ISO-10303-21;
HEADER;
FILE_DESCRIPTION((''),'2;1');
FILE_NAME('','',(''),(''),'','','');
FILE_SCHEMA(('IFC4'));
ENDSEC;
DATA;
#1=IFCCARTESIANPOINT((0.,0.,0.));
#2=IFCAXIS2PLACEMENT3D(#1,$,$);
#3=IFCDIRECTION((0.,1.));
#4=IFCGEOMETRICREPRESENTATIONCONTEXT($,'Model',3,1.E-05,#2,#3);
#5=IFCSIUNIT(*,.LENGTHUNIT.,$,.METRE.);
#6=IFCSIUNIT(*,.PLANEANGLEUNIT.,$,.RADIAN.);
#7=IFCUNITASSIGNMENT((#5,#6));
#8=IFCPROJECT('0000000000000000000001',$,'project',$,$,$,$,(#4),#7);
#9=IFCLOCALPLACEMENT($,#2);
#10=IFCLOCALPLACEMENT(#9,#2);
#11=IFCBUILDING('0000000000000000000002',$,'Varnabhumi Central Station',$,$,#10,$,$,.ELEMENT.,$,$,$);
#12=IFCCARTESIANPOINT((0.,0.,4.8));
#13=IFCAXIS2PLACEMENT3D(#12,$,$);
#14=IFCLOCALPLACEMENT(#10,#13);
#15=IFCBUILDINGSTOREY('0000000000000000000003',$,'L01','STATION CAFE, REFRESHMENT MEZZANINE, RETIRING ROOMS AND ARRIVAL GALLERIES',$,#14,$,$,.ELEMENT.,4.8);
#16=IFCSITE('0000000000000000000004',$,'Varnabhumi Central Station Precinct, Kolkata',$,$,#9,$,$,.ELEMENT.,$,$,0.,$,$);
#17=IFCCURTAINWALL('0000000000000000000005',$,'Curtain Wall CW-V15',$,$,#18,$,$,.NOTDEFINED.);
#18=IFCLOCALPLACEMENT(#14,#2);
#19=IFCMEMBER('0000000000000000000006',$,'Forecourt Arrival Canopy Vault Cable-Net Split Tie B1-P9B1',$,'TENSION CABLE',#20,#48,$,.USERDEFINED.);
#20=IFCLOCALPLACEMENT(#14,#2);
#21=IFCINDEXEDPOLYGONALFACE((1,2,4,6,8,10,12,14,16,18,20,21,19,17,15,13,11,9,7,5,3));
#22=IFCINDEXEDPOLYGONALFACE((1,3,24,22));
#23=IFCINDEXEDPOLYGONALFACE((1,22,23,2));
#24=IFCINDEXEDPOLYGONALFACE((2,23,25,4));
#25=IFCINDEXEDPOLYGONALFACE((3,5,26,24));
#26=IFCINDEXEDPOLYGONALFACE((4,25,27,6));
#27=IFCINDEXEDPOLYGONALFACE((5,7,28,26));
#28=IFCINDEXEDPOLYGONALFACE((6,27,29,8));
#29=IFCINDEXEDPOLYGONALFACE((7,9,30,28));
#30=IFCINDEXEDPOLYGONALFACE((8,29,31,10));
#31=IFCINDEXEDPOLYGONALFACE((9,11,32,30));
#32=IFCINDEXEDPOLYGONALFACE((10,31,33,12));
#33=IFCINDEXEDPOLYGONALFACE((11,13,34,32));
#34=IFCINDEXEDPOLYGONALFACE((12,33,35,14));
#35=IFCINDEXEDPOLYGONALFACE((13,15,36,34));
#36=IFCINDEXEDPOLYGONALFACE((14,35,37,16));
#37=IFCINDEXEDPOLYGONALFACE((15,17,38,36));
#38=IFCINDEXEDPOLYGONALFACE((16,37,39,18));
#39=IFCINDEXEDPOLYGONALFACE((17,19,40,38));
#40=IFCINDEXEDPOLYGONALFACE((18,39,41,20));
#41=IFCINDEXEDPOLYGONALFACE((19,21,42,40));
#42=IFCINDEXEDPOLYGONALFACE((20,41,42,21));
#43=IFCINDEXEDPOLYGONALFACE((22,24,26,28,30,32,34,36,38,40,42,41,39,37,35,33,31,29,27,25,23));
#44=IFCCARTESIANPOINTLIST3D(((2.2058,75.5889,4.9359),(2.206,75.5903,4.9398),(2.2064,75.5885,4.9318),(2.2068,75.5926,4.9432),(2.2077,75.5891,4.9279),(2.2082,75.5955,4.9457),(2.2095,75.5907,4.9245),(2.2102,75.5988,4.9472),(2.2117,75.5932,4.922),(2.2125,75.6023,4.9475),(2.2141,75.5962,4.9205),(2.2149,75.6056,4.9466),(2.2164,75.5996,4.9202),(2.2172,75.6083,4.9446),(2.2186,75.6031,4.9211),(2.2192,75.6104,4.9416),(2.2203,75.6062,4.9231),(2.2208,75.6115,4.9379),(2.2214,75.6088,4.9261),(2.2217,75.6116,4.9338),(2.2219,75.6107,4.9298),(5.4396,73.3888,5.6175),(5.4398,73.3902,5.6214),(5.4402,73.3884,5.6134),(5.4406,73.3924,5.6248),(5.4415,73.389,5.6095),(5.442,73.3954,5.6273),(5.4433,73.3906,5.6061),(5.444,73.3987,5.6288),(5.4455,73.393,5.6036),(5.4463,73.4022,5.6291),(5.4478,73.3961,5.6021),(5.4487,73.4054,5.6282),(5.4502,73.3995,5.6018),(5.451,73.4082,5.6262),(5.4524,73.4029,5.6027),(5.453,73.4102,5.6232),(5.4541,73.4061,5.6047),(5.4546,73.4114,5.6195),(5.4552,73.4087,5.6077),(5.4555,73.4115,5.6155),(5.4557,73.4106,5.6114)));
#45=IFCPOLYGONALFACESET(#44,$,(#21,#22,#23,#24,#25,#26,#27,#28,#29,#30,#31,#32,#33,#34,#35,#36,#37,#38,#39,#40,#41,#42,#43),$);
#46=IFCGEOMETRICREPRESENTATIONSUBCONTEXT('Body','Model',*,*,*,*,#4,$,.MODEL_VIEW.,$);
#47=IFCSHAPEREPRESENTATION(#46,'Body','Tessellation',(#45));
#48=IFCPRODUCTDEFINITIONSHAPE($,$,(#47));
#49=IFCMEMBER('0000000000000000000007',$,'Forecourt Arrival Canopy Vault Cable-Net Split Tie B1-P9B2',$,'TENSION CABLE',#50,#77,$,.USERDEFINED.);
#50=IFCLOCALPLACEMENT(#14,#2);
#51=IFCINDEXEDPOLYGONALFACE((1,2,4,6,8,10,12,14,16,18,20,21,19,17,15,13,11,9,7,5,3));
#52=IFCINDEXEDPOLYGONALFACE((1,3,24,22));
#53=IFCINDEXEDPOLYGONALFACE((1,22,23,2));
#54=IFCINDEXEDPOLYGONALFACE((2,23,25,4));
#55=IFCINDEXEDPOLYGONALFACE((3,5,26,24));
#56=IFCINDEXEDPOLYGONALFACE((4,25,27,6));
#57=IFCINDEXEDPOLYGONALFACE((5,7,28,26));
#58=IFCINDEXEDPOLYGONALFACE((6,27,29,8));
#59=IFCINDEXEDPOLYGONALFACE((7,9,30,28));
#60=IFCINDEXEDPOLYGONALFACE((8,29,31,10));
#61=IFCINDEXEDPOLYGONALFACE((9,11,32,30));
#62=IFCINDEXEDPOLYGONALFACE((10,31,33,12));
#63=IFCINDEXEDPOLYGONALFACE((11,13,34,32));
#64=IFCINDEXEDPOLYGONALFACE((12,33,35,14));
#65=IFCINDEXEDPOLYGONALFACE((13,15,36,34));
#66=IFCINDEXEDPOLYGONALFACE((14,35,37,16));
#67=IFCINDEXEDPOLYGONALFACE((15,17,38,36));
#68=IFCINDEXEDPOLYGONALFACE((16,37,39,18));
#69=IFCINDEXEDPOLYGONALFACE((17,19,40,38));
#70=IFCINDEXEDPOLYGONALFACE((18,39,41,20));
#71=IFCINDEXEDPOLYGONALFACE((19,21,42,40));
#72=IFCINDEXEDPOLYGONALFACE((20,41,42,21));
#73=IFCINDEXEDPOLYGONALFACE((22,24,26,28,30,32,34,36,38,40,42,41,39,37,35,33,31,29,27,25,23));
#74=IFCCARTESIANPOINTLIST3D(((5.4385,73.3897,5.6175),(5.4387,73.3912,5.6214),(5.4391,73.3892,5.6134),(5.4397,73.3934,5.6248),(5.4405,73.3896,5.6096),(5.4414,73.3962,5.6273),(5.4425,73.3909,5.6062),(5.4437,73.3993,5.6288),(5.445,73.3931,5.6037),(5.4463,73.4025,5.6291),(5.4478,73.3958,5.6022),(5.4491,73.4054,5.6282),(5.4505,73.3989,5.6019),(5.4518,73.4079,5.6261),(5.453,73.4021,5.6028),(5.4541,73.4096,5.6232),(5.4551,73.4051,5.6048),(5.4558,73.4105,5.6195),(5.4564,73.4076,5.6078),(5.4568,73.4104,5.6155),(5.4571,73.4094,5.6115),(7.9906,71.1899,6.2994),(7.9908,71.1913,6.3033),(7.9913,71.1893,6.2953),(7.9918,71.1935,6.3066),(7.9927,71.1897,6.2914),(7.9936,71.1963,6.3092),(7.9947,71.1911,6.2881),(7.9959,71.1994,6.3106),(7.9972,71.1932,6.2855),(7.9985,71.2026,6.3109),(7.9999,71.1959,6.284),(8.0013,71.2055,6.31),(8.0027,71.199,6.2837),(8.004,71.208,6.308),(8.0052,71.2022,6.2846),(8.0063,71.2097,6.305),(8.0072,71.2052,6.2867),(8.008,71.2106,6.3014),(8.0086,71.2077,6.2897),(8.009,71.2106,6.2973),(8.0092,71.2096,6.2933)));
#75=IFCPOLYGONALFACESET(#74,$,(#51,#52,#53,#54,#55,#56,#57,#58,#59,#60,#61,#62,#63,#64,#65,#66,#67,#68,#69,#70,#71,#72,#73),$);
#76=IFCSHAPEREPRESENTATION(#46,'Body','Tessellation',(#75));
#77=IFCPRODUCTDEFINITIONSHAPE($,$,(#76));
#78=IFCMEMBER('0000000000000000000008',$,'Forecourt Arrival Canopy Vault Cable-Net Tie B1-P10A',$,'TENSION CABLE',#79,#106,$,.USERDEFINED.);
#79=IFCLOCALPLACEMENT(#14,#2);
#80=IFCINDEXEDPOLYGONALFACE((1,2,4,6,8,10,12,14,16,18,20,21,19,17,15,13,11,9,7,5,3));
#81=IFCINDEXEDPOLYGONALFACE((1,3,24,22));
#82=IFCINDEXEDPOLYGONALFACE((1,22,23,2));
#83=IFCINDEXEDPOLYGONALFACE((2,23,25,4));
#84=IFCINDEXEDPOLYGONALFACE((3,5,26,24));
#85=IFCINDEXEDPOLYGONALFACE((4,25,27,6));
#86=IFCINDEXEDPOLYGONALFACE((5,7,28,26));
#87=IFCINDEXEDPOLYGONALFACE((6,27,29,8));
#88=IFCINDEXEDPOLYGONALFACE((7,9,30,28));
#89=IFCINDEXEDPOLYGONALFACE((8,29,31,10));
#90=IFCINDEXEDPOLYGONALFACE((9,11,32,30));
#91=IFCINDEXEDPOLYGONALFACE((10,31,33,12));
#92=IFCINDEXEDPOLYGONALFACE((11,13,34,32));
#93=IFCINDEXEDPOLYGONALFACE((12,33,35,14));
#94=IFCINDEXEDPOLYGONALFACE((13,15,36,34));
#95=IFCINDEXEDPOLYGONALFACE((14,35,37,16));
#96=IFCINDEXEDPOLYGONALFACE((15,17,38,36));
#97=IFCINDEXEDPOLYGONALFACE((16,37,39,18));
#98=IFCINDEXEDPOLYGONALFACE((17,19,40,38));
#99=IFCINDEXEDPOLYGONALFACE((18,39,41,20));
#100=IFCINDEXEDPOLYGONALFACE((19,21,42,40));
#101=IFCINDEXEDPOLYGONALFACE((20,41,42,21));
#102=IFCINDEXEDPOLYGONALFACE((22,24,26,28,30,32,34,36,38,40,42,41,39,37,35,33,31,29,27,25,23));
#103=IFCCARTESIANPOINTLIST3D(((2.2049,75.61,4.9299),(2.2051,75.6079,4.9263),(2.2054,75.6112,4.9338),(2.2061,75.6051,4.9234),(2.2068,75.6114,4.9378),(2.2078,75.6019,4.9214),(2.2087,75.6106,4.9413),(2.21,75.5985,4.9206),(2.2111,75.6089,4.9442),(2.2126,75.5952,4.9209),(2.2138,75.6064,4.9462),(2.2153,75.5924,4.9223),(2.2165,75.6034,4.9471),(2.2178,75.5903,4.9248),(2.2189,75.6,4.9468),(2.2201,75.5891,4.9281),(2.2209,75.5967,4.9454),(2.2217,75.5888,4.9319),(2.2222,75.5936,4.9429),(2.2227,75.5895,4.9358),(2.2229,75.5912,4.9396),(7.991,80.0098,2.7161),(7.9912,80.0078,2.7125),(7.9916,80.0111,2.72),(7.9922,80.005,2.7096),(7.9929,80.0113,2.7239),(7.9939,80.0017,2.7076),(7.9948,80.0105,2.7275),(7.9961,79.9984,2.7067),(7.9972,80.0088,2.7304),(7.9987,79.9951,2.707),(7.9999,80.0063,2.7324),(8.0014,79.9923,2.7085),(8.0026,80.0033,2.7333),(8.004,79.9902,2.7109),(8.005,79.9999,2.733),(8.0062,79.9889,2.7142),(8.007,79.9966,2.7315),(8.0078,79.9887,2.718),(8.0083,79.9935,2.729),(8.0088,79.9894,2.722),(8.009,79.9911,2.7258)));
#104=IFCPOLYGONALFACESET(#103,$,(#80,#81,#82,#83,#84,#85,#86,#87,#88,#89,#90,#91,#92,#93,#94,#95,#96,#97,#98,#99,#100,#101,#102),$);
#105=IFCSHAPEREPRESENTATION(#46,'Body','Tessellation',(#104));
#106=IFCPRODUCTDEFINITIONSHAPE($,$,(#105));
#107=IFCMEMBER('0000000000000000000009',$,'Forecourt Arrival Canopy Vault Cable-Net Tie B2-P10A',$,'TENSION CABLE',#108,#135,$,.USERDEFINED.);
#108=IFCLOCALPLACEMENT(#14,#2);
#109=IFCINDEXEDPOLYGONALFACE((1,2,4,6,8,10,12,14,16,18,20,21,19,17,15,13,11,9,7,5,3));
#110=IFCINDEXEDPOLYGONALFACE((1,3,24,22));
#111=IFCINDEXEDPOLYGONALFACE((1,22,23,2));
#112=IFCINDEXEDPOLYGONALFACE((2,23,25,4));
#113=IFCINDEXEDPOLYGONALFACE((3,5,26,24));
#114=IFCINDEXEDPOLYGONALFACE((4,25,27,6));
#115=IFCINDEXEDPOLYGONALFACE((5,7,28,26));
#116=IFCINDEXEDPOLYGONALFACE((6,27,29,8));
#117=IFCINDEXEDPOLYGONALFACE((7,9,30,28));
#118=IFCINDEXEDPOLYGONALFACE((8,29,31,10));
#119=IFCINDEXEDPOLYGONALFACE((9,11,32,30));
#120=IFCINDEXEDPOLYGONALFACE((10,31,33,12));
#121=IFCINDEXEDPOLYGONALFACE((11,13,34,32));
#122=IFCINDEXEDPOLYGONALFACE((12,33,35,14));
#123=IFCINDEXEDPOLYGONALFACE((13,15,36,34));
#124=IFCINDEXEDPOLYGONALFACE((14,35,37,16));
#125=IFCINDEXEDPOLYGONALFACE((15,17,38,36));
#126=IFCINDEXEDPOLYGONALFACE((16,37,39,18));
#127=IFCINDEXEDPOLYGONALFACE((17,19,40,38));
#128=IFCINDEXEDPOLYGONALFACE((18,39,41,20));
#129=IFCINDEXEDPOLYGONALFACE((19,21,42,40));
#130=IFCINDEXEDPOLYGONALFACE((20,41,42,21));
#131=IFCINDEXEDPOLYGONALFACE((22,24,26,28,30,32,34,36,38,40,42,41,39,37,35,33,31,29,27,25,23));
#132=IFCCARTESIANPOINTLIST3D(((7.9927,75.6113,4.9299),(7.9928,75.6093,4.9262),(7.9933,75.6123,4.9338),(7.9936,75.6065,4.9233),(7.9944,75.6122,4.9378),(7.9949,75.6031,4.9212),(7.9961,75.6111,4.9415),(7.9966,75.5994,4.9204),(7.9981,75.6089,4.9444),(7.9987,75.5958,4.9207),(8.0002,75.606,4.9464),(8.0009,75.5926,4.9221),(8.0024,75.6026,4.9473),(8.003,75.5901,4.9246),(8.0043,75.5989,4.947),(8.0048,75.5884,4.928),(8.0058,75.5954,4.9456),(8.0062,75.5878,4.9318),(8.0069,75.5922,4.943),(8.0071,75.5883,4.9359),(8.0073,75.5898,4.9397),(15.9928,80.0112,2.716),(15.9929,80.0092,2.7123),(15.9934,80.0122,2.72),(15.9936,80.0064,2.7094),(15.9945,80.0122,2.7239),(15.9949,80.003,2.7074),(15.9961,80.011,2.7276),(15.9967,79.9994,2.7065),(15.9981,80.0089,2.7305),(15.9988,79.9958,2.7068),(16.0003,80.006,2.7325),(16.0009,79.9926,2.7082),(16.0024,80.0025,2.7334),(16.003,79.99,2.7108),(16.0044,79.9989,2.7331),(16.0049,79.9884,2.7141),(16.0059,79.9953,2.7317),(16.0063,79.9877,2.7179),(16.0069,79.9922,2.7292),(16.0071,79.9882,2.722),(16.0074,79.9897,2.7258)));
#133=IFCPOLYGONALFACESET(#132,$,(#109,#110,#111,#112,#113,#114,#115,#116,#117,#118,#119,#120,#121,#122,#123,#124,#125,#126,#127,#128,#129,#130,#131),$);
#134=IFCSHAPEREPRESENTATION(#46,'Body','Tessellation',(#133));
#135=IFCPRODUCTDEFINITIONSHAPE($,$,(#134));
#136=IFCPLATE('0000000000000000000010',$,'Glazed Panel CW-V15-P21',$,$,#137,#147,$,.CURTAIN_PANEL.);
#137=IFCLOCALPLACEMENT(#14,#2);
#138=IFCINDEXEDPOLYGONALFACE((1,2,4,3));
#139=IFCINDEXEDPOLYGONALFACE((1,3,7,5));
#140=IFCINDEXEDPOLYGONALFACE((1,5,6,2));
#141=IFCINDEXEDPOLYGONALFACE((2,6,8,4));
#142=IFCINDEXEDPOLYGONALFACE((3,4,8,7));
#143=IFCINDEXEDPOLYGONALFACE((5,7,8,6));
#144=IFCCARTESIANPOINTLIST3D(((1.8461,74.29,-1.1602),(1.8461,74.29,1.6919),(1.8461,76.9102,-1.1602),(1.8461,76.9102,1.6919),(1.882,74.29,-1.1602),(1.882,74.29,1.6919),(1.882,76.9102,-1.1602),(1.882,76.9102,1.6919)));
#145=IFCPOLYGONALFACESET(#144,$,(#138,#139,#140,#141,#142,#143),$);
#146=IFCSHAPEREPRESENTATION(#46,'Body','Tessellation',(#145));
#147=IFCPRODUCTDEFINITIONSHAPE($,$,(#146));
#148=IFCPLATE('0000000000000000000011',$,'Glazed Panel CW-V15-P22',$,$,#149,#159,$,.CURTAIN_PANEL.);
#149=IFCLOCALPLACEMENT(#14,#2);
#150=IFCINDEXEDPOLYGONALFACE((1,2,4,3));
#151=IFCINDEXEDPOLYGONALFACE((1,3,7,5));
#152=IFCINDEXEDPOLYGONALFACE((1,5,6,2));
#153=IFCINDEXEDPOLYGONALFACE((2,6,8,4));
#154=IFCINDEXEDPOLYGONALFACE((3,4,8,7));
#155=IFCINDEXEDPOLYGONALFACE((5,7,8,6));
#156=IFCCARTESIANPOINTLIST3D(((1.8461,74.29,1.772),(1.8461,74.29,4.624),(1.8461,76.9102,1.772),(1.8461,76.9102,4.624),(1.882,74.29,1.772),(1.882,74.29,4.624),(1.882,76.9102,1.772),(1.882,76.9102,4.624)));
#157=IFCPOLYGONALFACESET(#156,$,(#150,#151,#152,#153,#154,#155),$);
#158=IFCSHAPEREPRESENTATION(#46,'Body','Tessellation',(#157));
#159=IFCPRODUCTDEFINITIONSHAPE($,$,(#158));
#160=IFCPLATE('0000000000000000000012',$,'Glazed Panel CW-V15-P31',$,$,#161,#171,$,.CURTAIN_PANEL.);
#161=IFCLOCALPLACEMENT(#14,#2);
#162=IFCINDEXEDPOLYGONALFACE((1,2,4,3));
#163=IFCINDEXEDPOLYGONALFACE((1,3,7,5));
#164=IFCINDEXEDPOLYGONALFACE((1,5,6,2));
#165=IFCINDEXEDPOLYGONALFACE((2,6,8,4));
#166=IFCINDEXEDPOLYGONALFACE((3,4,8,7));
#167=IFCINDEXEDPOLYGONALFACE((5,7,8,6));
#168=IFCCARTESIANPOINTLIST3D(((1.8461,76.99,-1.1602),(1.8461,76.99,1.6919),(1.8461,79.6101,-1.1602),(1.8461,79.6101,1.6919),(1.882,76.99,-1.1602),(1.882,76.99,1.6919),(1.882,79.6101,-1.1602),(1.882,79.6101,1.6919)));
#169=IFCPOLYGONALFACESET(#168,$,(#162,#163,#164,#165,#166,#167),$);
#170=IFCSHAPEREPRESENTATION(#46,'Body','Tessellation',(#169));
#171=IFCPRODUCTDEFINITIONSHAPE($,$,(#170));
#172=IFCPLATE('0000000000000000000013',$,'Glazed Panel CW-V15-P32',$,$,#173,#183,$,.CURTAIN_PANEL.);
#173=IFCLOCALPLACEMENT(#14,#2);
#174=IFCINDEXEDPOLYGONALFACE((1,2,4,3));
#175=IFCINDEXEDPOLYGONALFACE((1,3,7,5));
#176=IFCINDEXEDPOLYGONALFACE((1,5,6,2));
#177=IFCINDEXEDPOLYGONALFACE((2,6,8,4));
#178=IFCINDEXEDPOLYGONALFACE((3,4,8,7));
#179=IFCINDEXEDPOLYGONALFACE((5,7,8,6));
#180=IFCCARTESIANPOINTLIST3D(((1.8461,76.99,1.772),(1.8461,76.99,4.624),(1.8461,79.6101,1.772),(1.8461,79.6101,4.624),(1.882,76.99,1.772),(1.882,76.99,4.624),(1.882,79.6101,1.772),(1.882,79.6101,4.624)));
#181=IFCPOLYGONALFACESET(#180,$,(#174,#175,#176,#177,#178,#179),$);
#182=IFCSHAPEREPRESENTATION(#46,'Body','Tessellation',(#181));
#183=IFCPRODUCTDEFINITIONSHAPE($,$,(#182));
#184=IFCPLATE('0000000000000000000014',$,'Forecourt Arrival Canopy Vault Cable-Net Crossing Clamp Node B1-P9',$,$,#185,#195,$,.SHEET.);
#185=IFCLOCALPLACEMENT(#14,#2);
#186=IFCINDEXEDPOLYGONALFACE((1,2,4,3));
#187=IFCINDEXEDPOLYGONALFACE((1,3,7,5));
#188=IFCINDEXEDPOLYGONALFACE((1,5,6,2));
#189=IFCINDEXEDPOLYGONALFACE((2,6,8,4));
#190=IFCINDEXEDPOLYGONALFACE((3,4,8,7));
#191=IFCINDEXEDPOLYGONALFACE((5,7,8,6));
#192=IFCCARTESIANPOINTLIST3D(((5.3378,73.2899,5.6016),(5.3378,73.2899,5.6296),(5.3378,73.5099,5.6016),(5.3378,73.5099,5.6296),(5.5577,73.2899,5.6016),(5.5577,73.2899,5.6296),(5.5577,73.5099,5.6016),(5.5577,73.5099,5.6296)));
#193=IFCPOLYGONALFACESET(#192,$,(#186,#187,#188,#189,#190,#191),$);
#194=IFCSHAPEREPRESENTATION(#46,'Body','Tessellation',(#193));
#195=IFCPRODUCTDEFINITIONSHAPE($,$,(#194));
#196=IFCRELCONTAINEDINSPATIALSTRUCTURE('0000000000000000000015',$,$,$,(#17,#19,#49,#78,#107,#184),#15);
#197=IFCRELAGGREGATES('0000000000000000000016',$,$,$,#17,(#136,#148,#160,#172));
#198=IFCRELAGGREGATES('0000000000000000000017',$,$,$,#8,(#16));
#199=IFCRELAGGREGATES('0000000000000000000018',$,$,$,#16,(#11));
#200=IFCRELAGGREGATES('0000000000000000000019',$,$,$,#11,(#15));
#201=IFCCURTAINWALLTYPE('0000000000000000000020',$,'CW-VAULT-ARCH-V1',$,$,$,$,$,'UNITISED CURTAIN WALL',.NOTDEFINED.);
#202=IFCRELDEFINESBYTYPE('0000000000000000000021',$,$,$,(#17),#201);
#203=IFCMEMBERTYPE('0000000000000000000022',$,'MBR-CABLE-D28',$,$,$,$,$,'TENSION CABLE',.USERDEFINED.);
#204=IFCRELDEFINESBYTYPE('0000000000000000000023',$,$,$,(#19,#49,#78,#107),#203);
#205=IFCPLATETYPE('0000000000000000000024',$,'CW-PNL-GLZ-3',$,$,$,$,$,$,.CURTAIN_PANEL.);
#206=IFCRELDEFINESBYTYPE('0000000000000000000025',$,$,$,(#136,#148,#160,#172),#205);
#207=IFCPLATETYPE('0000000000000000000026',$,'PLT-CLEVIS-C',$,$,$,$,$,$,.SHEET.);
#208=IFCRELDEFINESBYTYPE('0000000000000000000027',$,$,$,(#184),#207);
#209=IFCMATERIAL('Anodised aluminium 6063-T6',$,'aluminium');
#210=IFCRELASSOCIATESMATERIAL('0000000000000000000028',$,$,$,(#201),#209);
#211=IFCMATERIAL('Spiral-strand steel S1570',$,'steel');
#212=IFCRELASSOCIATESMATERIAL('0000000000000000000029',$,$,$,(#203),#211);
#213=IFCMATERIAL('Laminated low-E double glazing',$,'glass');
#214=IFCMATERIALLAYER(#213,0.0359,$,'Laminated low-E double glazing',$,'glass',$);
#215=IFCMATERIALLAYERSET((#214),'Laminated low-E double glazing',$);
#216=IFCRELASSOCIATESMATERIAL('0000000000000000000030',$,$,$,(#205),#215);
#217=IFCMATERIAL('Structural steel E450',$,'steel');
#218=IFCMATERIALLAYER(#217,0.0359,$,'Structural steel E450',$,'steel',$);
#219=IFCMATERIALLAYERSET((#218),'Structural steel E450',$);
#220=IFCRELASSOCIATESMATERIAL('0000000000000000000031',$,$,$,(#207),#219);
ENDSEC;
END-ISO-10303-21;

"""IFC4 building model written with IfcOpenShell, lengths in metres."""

from ifc_helpers import new_model, si_unit, direction, frame, origin, origin_2d, place, context, subcontext, project, spatial, rectangle, circle, extrude, material, layer, layer_set, material_profile, profile_set, type_object, element, aggregate, save


model = new_model("IFC4")

# Units and contexts
model_context = context("Model", 3, precision=1e-05, world=origin(), true_north=direction((0.0, 1.0)))
body_context = subcontext(model_context, "Body", "Model", "MODEL_VIEW")
ifc_project = project(units=[si_unit("LENGTHUNIT", "METRE"), si_unit("PLANEANGLEUNIT", "RADIAN")], contexts=[model_context])

# Site, building, storey
site_placement = place(None, origin())
site = spatial("IfcSite", under=ifc_project, at=site_placement, Name="Varnabhumi Central Station Precinct, Kolkata", CompositionType="ELEMENT", RefElevation=0.0)
building_placement = place(site_placement, origin())
building = spatial("IfcBuilding", under=site, at=building_placement, Name="Varnabhumi Central Station", CompositionType="ELEMENT")
storey_placement = place(building_placement, frame((0.0, 0.0, 4.8)))
storey = spatial("IfcBuildingStorey", under=building, at=storey_placement, Name="L01", Description="STATION CAFE, REFRESHMENT MEZZANINE, RETIRING ROOMS AND ARRIVAL GALLERIES", CompositionType="ELEMENT", Elevation=4.8)

# Curtain wall
ifc_material_1 = material(Name="Anodised aluminium 6063-T6", Category="aluminium")
curtain_wall_type = type_object("IfcCurtainWallType", Name="CW-VAULT-ARCH-V1", ElementType="UNITISED CURTAIN WALL", PredefinedType="NOTDEFINED", material=ifc_material_1)
curtain_wall_placement = place(storey_placement, origin())
curtain_wall = element("IfcCurtainWall", 1, at=curtain_wall_placement, inside=storey, type_object=curtain_wall_type, Name="Curtain Wall CW-V15", PredefinedType="NOTDEFINED")

# Members
ifc_material_2 = material(Name="Spiral-strand steel S1570", Category="steel")
ifc_material_profile_1 = material_profile(ifc_material_2, circle(Radius=0.0139, at=origin_2d()), Name="Spiral-strand steel S1570", Category="steel")
ifc_profile_set_1 = profile_set([ifc_material_profile_1], Name="Spiral-strand steel S1570")
member_type_1 = type_object("IfcMemberType", Name="MBR-CABLE-D28", ElementType="TENSION CABLE", PredefinedType="USERDEFINED", material=ifc_profile_set_1)
member_1_placement = place(storey_placement, frame((2.2139, 75.6001, 4.9338), z_axis=(0.814513, -0.554159, 0.171684), x_axis=(0.562511, 0.826789, 0.0)))
element("IfcMember", 2, at=member_1_placement, inside=storey, type_object=member_type_1, Name="Forecourt Arrival Canopy Vault Cable-Net Split Tie B1-P9B1", ObjectType="TENSION CABLE", PredefinedType="USERDEFINED", context=body_context, shape_type="SweptSolid", body=[
    extrude(circle(Radius=0.0139, at=origin_2d()), origin(), (0.0, 0.0, 1.0), 3.9702),
])
member_2_placement = place(storey_placement, frame((5.4478, 73.3999, 5.6155), z_axis=(0.742399, -0.639923, 0.198347), x_axis=(0.652895, 0.757448, 0.0)))
element("IfcMember", 3, at=member_2_placement, inside=storey, type_object=member_type_1, Name="Forecourt Arrival Canopy Vault Cable-Net Split Tie B1-P9B2", ObjectType="TENSION CABLE", PredefinedType="USERDEFINED", context=body_context, shape_type="SweptSolid", body=[
    extrude(circle(Radius=0.0139, at=origin_2d()), origin(), (0.0, 0.0, 1.0), 3.4377),
])
member_3_placement = place(storey_placement, frame((2.2139, 75.6001, 4.9338), z_axis=(0.761467, 0.579036, -0.29135), x_axis=(-0.605296, 0.796, 0.0)))
element("IfcMember", 4, at=member_3_placement, inside=storey, type_object=member_type_1, Name="Forecourt Arrival Canopy Vault Cable-Net Tie B1-P10A", ObjectType="TENSION CABLE", PredefinedType="USERDEFINED", context=body_context, shape_type="SweptSolid", body=[
    extrude(circle(Radius=0.0139, at=origin_2d()), origin(), (0.0, 0.0, 1.0), 7.5986),
])
member_4_placement = place(storey_placement, frame((8.0, 75.6001, 4.9338), z_axis=(0.851544, 0.468339, -0.235651), x_axis=(-0.481911, 0.87622, 0.0)))
element("IfcMember", 5, at=member_4_placement, inside=storey, type_object=member_type_1, Name="Forecourt Arrival Canopy Vault Cable-Net Tie B2-P10A", ObjectType="TENSION CABLE", PredefinedType="USERDEFINED", context=body_context, shape_type="SweptSolid", body=[
    extrude(circle(Radius=0.0139, at=origin_2d()), origin(), (0.0, 0.0, 1.0), 9.3948),
])

# Plates
ifc_material_3 = material(Name="Laminated low-E double glazing", Category="glass")
ifc_layer_1 = layer(ifc_material_3, 0.0359, Name="Laminated low-E double glazing", Category="glass")
ifc_layer_set_1 = layer_set([ifc_layer_1], Name="Laminated low-E double glazing")
plate_type_1 = type_object("IfcPlateType", Name="CW-PNL-GLZ-3", PredefinedType="CURTAIN_PANEL", material=ifc_layer_set_1)
plate_1_placement = place(storey_placement, frame((1.864, 75.6001, -1.1602), z_axis=(0.0, 0.0, 1.0), x_axis=(0.0, 1.0, 0.0)))
plate_1 = element("IfcPlate", 6, at=plate_1_placement, type_object=plate_type_1, Name="Glazed Panel CW-V15-P21", PredefinedType="CURTAIN_PANEL", context=body_context, shape_type="SweptSolid", body=[
    extrude(rectangle(XDim=2.6201, YDim=0.0359, at=origin_2d()), origin(), (0.0, 0.0, 1.0), 2.8521),
])
plate_2_placement = place(storey_placement, frame((1.864, 75.6001, 1.772), z_axis=(0.0, 0.0, 1.0), x_axis=(0.0, 1.0, 0.0)))
plate_2 = element("IfcPlate", 7, at=plate_2_placement, type_object=plate_type_1, Name="Glazed Panel CW-V15-P22", PredefinedType="CURTAIN_PANEL", context=body_context, shape_type="SweptSolid", body=[
    extrude(rectangle(XDim=2.6201, YDim=0.0359, at=origin_2d()), origin(), (0.0, 0.0, 1.0), 2.8521),
])
plate_3_placement = place(storey_placement, frame((1.864, 78.3, -1.1602), z_axis=(0.0, 0.0, 1.0), x_axis=(0.0, 1.0, 0.0)))
plate_3 = element("IfcPlate", 8, at=plate_3_placement, type_object=plate_type_1, Name="Glazed Panel CW-V15-P31", PredefinedType="CURTAIN_PANEL", context=body_context, shape_type="SweptSolid", body=[
    extrude(rectangle(XDim=2.6201, YDim=0.0359, at=origin_2d()), origin(), (0.0, 0.0, 1.0), 2.8521),
])
plate_4_placement = place(storey_placement, frame((1.864, 78.3, 1.772), z_axis=(0.0, 0.0, 1.0), x_axis=(0.0, 1.0, 0.0)))
plate_4 = element("IfcPlate", 9, at=plate_4_placement, type_object=plate_type_1, Name="Glazed Panel CW-V15-P32", PredefinedType="CURTAIN_PANEL", context=body_context, shape_type="SweptSolid", body=[
    extrude(rectangle(XDim=2.6201, YDim=0.0359, at=origin_2d()), origin(), (0.0, 0.0, 1.0), 2.8521),
])
aggregate(curtain_wall, [plate_1, plate_2, plate_3, plate_4])
ifc_material_4 = material(Name="Structural steel E450", Category="steel")
ifc_layer_2 = layer(ifc_material_4, 0.0359, Name="Structural steel E450", Category="steel")
ifc_layer_set_2 = layer_set([ifc_layer_2], Name="Structural steel E450")
plate_type_2 = type_object("IfcPlateType", Name="PLT-CLEVIS-C", PredefinedType="SHEET", material=ifc_layer_set_2)
plate_5_placement = place(storey_placement, frame((5.4478, 73.3999, 5.6016), z_axis=(0.0, 0.0, 1.0), x_axis=(1.0, 0.0, 0.0)))
element("IfcPlate", 10, at=plate_5_placement, inside=storey, type_object=plate_type_2, Name="Forecourt Arrival Canopy Vault Cable-Net Crossing Clamp Node B1-P9", PredefinedType="SHEET", context=body_context, shape_type="SweptSolid", body=[
    extrude(rectangle(XDim=0.22, YDim=0.22, at=origin_2d()), origin(), (0.0, 0.0, 1.0), 0.0281),
])

save(model, "model.ifc")
